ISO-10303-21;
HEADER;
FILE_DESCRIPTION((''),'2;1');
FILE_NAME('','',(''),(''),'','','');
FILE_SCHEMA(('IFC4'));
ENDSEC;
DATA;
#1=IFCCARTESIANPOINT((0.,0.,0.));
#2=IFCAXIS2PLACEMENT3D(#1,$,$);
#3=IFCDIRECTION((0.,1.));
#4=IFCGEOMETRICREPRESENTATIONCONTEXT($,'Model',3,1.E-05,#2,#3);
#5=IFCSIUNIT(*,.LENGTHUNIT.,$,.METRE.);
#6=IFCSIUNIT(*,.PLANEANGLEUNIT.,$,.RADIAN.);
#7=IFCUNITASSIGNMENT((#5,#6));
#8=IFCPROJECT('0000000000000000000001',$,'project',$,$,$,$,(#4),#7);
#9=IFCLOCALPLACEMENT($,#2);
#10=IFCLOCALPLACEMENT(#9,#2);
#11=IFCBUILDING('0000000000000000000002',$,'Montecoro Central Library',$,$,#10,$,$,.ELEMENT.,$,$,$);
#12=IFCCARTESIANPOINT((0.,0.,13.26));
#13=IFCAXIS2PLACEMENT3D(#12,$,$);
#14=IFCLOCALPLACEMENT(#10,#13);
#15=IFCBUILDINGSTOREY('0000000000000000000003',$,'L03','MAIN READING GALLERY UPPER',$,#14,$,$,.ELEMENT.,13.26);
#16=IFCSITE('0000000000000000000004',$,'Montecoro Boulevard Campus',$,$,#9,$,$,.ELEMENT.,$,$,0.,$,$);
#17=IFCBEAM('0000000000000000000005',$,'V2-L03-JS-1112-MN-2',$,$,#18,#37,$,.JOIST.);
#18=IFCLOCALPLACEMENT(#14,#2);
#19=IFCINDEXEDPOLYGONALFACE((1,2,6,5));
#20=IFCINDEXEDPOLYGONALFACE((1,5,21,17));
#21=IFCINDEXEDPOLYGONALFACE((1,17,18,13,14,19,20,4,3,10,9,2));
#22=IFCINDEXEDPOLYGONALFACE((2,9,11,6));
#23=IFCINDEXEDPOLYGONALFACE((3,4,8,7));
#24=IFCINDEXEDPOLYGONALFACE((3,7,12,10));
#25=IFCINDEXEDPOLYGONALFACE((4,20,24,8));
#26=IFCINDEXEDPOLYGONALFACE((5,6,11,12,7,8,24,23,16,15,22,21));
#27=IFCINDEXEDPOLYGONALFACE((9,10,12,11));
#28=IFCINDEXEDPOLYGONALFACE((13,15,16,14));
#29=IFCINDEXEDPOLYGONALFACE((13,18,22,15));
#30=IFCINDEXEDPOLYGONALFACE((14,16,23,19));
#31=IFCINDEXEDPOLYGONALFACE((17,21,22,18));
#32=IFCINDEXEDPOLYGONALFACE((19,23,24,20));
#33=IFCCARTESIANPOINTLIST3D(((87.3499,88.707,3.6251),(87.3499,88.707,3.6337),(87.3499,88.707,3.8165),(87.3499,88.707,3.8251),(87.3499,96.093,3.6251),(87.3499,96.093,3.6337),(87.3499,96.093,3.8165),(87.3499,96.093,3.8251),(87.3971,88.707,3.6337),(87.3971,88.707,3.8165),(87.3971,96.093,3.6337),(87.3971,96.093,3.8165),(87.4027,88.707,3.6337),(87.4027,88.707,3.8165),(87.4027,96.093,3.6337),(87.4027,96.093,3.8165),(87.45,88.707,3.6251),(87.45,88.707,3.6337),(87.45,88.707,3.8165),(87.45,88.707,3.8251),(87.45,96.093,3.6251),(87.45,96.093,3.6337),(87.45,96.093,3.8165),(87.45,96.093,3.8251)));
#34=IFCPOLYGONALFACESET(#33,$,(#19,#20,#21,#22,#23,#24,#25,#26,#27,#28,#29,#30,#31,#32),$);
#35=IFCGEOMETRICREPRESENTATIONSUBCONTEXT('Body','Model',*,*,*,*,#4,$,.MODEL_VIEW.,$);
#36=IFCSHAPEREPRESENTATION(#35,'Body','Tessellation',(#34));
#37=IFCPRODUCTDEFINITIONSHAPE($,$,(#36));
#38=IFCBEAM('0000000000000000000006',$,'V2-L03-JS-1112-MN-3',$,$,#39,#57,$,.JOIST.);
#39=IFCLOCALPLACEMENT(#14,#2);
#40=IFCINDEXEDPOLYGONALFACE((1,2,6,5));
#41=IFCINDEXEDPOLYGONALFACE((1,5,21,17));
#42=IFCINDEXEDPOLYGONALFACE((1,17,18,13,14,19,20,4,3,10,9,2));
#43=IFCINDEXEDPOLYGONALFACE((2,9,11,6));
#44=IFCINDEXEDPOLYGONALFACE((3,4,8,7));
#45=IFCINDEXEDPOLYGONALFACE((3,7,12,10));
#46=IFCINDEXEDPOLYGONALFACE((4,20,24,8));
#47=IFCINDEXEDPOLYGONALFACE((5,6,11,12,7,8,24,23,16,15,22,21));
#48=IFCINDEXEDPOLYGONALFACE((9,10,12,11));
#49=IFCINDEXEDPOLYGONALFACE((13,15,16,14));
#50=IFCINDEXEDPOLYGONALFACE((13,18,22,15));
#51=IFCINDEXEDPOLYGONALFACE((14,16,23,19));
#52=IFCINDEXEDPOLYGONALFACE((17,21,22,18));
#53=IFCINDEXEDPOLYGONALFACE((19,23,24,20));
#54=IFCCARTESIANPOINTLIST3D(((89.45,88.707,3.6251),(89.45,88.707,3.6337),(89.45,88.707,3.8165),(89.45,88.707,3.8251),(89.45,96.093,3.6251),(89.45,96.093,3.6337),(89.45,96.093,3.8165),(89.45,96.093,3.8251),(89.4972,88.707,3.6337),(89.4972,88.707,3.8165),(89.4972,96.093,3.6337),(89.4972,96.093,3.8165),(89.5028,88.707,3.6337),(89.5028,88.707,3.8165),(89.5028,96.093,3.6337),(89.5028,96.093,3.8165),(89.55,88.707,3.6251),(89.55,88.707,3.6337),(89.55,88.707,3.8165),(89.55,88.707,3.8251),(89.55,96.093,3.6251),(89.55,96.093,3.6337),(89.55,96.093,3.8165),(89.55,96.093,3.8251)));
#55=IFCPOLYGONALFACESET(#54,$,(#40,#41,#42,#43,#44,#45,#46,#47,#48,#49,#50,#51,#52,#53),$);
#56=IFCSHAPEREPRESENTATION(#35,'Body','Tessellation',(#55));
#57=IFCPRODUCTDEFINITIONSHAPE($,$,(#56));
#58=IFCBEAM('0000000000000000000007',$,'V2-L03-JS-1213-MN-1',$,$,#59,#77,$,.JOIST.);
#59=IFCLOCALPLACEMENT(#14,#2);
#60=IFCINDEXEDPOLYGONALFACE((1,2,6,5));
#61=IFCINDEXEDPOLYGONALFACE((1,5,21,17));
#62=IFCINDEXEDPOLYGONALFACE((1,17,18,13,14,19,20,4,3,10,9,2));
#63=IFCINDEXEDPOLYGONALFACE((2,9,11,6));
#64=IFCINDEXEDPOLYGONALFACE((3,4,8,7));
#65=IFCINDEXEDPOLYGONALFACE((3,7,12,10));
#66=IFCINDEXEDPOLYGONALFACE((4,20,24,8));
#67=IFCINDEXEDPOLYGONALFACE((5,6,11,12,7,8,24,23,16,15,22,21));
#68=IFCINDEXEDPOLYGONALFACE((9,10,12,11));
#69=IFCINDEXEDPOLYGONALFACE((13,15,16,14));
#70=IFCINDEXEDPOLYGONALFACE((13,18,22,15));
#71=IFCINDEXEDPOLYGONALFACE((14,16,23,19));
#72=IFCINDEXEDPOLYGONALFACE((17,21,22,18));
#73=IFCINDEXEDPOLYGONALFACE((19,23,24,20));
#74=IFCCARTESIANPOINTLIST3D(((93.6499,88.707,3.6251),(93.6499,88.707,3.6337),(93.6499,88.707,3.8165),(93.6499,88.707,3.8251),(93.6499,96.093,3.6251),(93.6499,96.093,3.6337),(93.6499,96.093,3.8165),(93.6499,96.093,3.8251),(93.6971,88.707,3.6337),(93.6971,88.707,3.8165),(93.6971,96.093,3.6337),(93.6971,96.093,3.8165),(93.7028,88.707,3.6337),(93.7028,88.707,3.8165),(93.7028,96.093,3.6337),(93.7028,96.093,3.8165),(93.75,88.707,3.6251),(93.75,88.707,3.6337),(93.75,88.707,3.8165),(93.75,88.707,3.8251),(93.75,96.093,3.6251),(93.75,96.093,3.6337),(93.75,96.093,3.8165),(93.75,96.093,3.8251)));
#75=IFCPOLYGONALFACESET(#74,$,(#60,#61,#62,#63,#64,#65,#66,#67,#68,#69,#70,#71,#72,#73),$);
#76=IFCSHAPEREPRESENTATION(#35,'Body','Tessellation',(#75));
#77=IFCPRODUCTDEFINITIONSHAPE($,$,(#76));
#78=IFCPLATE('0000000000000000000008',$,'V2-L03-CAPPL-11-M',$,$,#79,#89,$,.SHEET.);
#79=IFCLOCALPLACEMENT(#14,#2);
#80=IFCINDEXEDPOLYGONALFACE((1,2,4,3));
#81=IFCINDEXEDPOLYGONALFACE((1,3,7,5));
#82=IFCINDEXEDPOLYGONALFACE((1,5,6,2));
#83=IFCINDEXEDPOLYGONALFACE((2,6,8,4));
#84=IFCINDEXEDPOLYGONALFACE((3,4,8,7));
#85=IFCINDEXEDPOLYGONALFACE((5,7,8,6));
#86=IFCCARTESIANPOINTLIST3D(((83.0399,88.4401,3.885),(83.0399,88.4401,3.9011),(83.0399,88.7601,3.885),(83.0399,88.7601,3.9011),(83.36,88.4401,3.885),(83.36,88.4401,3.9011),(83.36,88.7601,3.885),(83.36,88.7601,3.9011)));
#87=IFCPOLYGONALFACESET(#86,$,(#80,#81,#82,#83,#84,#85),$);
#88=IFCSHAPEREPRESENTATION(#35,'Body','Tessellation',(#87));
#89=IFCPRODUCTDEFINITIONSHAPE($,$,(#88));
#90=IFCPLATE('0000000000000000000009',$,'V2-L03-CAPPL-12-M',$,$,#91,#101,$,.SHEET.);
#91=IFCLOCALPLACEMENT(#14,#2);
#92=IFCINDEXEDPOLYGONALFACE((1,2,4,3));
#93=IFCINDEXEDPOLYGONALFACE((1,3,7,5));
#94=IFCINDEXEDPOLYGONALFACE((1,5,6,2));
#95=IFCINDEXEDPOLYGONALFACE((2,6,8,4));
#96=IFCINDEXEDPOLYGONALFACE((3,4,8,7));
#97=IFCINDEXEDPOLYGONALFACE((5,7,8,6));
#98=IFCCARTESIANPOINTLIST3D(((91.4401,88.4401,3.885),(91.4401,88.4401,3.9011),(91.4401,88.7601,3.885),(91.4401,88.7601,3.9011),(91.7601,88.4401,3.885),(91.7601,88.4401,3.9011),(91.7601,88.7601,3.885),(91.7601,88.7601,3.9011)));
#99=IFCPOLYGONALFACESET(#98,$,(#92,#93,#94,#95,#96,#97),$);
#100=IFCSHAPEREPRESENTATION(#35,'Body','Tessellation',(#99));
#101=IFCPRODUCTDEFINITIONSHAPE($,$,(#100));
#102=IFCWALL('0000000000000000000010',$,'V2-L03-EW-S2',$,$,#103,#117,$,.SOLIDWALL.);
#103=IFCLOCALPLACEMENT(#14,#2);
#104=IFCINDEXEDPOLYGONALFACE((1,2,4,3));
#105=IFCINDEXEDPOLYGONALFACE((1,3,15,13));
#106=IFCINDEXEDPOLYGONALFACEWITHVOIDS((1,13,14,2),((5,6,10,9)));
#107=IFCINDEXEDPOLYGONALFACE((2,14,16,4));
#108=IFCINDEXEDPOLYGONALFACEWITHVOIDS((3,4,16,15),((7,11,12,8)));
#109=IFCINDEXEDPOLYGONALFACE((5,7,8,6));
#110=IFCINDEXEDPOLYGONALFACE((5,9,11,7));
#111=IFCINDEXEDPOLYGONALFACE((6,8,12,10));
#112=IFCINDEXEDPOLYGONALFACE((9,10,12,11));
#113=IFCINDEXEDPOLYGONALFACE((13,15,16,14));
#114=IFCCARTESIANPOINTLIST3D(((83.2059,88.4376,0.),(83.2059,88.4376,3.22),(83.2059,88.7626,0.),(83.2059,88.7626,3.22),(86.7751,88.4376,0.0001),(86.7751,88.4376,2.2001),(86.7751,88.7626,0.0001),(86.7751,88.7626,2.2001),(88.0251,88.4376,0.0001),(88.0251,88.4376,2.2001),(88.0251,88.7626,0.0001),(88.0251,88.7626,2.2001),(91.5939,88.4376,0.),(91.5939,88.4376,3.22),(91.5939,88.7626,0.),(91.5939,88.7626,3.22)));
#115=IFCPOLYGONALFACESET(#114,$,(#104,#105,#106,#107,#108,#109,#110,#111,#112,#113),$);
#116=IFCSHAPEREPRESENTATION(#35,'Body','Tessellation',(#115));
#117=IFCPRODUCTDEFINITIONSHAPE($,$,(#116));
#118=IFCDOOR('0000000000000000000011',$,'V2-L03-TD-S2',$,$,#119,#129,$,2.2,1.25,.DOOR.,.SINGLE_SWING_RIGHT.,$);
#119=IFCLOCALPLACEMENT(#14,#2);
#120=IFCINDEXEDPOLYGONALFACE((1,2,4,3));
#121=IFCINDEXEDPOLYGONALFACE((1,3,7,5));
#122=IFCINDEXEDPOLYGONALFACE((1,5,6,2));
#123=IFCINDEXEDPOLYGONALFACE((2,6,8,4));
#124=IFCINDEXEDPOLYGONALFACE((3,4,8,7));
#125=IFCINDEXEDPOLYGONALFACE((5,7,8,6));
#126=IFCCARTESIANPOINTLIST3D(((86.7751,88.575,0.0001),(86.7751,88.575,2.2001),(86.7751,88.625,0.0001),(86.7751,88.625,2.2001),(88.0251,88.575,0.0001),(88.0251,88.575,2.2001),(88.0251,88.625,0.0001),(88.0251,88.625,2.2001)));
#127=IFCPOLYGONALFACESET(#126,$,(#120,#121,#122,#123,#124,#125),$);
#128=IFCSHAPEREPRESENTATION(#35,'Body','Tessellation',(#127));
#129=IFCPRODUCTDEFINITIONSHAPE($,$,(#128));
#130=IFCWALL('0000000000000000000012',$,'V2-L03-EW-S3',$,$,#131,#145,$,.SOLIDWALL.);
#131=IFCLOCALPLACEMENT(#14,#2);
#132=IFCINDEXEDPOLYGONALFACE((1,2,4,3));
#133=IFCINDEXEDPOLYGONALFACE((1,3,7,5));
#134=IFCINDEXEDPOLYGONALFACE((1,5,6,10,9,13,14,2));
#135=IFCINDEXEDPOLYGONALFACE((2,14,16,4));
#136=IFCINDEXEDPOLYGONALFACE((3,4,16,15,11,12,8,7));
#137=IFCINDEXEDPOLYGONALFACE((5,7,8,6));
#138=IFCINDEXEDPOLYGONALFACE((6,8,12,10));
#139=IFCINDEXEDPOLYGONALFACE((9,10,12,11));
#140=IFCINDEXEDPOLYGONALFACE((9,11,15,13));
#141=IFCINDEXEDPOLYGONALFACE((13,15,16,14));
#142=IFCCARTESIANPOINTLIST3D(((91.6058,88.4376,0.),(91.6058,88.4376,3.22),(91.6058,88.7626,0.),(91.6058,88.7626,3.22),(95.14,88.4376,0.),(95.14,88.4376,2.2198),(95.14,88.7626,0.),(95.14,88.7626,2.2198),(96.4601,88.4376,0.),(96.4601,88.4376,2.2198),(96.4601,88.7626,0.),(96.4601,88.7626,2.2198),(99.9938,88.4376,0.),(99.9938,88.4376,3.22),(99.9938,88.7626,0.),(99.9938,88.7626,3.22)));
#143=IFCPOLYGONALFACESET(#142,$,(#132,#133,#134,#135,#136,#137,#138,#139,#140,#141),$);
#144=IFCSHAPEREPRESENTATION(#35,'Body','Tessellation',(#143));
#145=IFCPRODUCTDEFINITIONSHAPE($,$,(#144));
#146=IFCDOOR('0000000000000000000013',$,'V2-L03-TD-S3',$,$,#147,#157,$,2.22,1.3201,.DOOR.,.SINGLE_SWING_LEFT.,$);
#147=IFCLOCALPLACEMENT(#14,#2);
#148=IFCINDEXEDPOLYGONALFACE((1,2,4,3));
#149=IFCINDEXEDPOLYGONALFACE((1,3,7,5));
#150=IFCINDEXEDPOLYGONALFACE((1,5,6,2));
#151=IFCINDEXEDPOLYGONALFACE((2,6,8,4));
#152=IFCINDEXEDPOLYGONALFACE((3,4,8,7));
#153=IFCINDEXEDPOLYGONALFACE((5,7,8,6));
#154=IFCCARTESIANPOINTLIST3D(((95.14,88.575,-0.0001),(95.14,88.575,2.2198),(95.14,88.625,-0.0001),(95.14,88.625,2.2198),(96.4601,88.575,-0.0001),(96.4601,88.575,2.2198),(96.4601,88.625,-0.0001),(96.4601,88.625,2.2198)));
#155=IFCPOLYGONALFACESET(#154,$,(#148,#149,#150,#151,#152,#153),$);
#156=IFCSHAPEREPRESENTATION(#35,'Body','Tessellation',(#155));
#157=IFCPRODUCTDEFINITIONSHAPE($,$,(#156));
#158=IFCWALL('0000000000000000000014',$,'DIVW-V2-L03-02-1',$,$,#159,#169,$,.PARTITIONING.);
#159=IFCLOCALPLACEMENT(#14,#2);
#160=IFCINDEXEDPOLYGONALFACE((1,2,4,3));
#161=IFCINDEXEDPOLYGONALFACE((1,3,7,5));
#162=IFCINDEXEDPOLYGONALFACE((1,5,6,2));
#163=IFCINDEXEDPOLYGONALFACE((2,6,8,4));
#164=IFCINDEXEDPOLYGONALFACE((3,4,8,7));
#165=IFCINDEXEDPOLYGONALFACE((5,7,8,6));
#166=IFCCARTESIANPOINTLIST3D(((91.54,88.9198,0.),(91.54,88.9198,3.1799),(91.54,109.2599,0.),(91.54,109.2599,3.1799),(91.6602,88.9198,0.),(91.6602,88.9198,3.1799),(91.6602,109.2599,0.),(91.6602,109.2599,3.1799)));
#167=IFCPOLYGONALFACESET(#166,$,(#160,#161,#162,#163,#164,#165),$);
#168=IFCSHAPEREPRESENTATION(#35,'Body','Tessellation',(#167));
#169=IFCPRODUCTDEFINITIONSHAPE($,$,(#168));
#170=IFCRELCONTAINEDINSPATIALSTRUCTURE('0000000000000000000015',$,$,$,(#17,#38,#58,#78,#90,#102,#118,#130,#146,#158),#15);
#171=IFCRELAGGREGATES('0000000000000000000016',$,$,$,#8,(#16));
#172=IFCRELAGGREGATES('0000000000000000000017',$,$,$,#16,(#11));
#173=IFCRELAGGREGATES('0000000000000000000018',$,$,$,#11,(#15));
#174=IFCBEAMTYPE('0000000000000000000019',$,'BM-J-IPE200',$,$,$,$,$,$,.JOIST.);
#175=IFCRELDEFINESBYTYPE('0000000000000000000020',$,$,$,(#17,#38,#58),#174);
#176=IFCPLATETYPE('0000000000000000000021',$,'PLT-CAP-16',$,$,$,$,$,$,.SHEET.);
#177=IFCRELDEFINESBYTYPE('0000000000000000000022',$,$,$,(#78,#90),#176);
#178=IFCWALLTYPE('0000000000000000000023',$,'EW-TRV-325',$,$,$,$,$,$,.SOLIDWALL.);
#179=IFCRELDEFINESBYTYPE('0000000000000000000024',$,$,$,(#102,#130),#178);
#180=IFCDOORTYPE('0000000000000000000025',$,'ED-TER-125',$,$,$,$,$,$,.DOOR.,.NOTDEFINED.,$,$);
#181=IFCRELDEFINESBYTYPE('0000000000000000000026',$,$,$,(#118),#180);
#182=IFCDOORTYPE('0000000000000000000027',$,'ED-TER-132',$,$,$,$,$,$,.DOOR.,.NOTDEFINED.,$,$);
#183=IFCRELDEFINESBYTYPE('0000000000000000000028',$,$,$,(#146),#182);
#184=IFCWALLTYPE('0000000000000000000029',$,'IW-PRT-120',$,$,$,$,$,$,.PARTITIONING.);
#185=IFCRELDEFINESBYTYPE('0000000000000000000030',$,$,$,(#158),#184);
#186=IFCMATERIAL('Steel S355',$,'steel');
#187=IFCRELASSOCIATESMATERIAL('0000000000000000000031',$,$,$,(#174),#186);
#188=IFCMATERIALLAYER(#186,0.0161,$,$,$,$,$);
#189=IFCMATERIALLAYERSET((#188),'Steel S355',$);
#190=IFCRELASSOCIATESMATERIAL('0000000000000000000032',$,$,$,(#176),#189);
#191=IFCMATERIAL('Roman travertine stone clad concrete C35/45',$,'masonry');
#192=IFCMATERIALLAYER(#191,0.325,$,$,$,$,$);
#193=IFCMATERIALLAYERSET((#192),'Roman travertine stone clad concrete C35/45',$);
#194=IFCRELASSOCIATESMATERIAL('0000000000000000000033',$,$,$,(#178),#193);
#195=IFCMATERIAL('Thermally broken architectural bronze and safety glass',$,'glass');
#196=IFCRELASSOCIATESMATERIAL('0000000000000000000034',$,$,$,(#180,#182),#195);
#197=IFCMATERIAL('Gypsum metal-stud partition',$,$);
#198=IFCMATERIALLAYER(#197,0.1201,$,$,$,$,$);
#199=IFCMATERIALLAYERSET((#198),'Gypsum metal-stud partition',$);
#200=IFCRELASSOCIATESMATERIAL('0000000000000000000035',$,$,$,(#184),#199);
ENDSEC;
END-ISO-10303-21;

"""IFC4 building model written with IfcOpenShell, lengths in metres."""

from ifc_helpers import new_model, si_unit, direction, frame, frame_2d, origin, origin_2d, place, context, subcontext, project, spatial, rectangle, i_section, extrude, material, layer, layer_set, material_profile, profile_set, type_object, element, fill, save


model = new_model("IFC4")

# Units and contexts
model_context = context("Model", 3, precision=1e-05, world=origin(), true_north=direction((0.0, 1.0)))
body_context = subcontext(model_context, "Body", "Model", "MODEL_VIEW")
ifc_project = project(units=[si_unit("LENGTHUNIT", "METRE"), si_unit("PLANEANGLEUNIT", "RADIAN")], contexts=[model_context])

# Site, building, storey
site_placement = place(None, origin())
site = spatial("IfcSite", under=ifc_project, at=site_placement, Name="Montecoro Boulevard Campus", CompositionType="ELEMENT", RefElevation=0.0)
building_placement = place(site_placement, origin())
building = spatial("IfcBuilding", under=site, at=building_placement, Name="Montecoro Central Library", CompositionType="ELEMENT")
storey_placement = place(building_placement, frame((0.0, 0.0, 13.26)))
storey = spatial("IfcBuildingStorey", under=building, at=storey_placement, Name="L03", Description="MAIN READING GALLERY UPPER", CompositionType="ELEMENT", Elevation=13.26)

# Shared definitions
ifc_material_1 = material(Name="Steel S355", Category="steel")

# Beams
ifc_material_profile_1 = material_profile(ifc_material_1, i_section(OverallWidth=0.1001, OverallDepth=0.2, WebThickness=0.0056, FlangeThickness=0.0085, at=origin_2d()), Name="IPE 200")
ifc_profile_set_1 = profile_set([ifc_material_profile_1], Name="Steel S355")
beam_type_1 = type_object("IfcBeamType", Name="BM-J-IPE200", PredefinedType="JOIST", material=ifc_profile_set_1)
for number, where, z_axis, x_axis, name in (
    (1, (87.3999, 88.707, 3.7251), (0.0, 1.0, 0.0), (-1.0, 0.0, 0.0), "V2-L03-JS-1112-MN-2"),
    (2, (89.5, 88.707, 3.7251), (0.0, 1.0, 0.0), (-1.0, 0.0, 0.0), "V2-L03-JS-1112-MN-3"),
    (3, (93.7, 88.707, 3.7251), (0.0, 1.0, 0.0), (-1.0, 0.0, 0.0), "V2-L03-JS-1213-MN-1"),
):
    element("IfcBeam", number, at=place(storey_placement, frame(where, z_axis=z_axis, x_axis=x_axis)), inside=storey, type_object=beam_type_1, Name=name, PredefinedType="JOIST", context=body_context, shape_type="SweptSolid", body=[
        extrude(i_section(OverallWidth=0.1001, OverallDepth=0.2, WebThickness=0.0056, FlangeThickness=0.0085, at=origin_2d()), origin(), (0.0, 0.0, 1.0), 7.386),
    ])

# Plates
ifc_layer_1 = layer(ifc_material_1, 0.0161)
ifc_layer_set_1 = layer_set([ifc_layer_1], Name="Steel S355")
plate_type = type_object("IfcPlateType", Name="PLT-CAP-16", PredefinedType="SHEET", material=ifc_layer_set_1)
for number, where, z_axis, x_axis, name in (
    (4, (83.2, 88.6001, 3.885), (0.0, 0.0, 1.0), (1.0, 0.0, 0.0), "V2-L03-CAPPL-11-M"),
    (5, (91.6001, 88.6001, 3.885), (0.0, 0.0, 1.0), (1.0, 0.0, 0.0), "V2-L03-CAPPL-12-M"),
):
    element("IfcPlate", number, at=place(storey_placement, frame(where, z_axis=z_axis, x_axis=x_axis)), inside=storey, type_object=plate_type, Name=name, PredefinedType="SHEET", context=body_context, shape_type="SweptSolid", body=[
        extrude(rectangle(XDim=0.3201, YDim=0.3201, at=origin_2d()), origin(), (0.0, 0.0, 1.0), 0.0161),
    ])

# Walls, openings, doors
ifc_material_2 = material(Name="Roman travertine stone clad concrete C35/45", Category="masonry")
ifc_layer_2 = layer(ifc_material_2, 0.325)
ifc_layer_set_2 = layer_set([ifc_layer_2], Name="Roman travertine stone clad concrete C35/45")
wall_type_1 = type_object("IfcWallType", Name="EW-TRV-325", PredefinedType="SOLIDWALL", material=ifc_layer_set_2)
wall_1_placement = place(storey_placement, frame((83.2061, 88.6001, 0.0), z_axis=(0.0, 0.0, 1.0), x_axis=(1.0, 0.0, 0.0)))
wall_1 = element("IfcWall", 6, at=wall_1_placement, inside=storey, type_object=wall_type_1, Name="V2-L03-EW-S2", PredefinedType="SOLIDWALL", context=body_context, shape_type="SweptSolid", body=[
    extrude(rectangle(XDim=8.3879, YDim=0.325, at=frame_2d((4.1938, 0.0))), origin(), (0.0, 0.0, 1.0), 3.22),
])
opening_1_placement = place(wall_1_placement, frame((3.5691, 0.0, 0.0)))
opening_1 = element("IfcOpeningElement", 7, at=opening_1_placement, cuts=wall_1, PredefinedType="OPENING", context=body_context, shape_type="SweptSolid", body=[
    extrude(rectangle(XDim=1.25, YDim=2.2, at=frame_2d((0.625, 1.1001))), frame((0.0, 0.1724, 0.0), z_axis=(0.0, -1.0, 0.0), x_axis=(1.0, 0.0, 0.0)), (0.0, 0.0, 1.0), 0.345),
])
ifc_material_3 = material(Name="Thermally broken architectural bronze and safety glass", Category="glass")
door_type_1 = type_object("IfcDoorType", Name="ED-TER-125", OperationType="NOTDEFINED", PredefinedType="DOOR", material=ifc_material_3)
door_1_placement = place(opening_1_placement, origin())
door_1 = element("IfcDoor", 8, at=door_1_placement, inside=storey, type_object=door_type_1, Name="V2-L03-TD-S2", OperationType="SINGLE_SWING_RIGHT", OverallHeight=2.2, OverallWidth=1.25, PredefinedType="DOOR", context=body_context, shape_type="SweptSolid", body=[
    extrude(rectangle(XDim=1.25, YDim=2.2, at=frame_2d((0.625, 1.1001))), frame((0.0, 0.0249, 0.0), z_axis=(0.0, -1.0, 0.0), x_axis=(1.0, 0.0, 0.0)), (0.0, 0.0, 1.0), 0.05),
])
fill(opening_1, door_1)
wall_2_placement = place(storey_placement, frame((91.606, 88.6001, 0.0), z_axis=(0.0, 0.0, 1.0), x_axis=(1.0, 0.0, 0.0)))
wall_2 = element("IfcWall", 9, at=wall_2_placement, inside=storey, type_object=wall_type_1, Name="V2-L03-EW-S3", PredefinedType="SOLIDWALL", context=body_context, shape_type="SweptSolid", body=[
    extrude(rectangle(XDim=8.3879, YDim=0.325, at=frame_2d((4.1938, 0.0))), origin(), (0.0, 0.0, 1.0), 3.22),
])
opening_2_placement = place(wall_2_placement, frame((3.5339, 0.0, 0.0)))
opening_2 = element("IfcOpeningElement", 10, at=opening_2_placement, cuts=wall_2, PredefinedType="OPENING", context=body_context, shape_type="SweptSolid", body=[
    extrude(rectangle(XDim=1.3201, YDim=2.22, at=frame_2d((0.6602, 1.1099))), frame((0.0, 0.1724, 0.0), z_axis=(0.0, -1.0, 0.0), x_axis=(1.0, 0.0, 0.0)), (0.0, 0.0, 1.0), 0.345),
])
door_type_2 = type_object("IfcDoorType", Name="ED-TER-132", OperationType="NOTDEFINED", PredefinedType="DOOR", material=ifc_material_3)
door_2_placement = place(opening_2_placement, origin())
door_2 = element("IfcDoor", 11, at=door_2_placement, inside=storey, type_object=door_type_2, Name="V2-L03-TD-S3", OperationType="SINGLE_SWING_LEFT", OverallHeight=2.22, OverallWidth=1.3201, PredefinedType="DOOR", context=body_context, shape_type="SweptSolid", body=[
    extrude(rectangle(XDim=1.3201, YDim=2.22, at=frame_2d((0.6602, 1.1099))), frame((0.0, 0.0249, 0.0), z_axis=(0.0, -1.0, 0.0), x_axis=(1.0, 0.0, 0.0)), (0.0, 0.0, 1.0), 0.05),
])
fill(opening_2, door_2)

# Wall
ifc_material_4 = material(Name="Gypsum metal-stud partition")
ifc_layer_3 = layer(ifc_material_4, 0.1201)
ifc_layer_set_3 = layer_set([ifc_layer_3], Name="Gypsum metal-stud partition")
wall_type_2 = type_object("IfcWallType", Name="IW-PRT-120", PredefinedType="PARTITIONING", material=ifc_layer_set_3)
wall_3_placement = place(storey_placement, frame((91.6001, 88.9199, 0.0), z_axis=(0.0, 0.0, 1.0), x_axis=(0.0, 1.0, 0.0)))
element("IfcWall", 12, at=wall_3_placement, inside=storey, type_object=wall_type_2, Name="DIVW-V2-L03-02-1", PredefinedType="PARTITIONING", context=body_context, shape_type="SweptSolid", body=[
    extrude(rectangle(XDim=20.3401, YDim=0.1201, at=frame_2d((10.1699, 0.0))), origin(), (0.0, 0.0, 1.0), 3.1799),
])

save(model, "model.ifc")
